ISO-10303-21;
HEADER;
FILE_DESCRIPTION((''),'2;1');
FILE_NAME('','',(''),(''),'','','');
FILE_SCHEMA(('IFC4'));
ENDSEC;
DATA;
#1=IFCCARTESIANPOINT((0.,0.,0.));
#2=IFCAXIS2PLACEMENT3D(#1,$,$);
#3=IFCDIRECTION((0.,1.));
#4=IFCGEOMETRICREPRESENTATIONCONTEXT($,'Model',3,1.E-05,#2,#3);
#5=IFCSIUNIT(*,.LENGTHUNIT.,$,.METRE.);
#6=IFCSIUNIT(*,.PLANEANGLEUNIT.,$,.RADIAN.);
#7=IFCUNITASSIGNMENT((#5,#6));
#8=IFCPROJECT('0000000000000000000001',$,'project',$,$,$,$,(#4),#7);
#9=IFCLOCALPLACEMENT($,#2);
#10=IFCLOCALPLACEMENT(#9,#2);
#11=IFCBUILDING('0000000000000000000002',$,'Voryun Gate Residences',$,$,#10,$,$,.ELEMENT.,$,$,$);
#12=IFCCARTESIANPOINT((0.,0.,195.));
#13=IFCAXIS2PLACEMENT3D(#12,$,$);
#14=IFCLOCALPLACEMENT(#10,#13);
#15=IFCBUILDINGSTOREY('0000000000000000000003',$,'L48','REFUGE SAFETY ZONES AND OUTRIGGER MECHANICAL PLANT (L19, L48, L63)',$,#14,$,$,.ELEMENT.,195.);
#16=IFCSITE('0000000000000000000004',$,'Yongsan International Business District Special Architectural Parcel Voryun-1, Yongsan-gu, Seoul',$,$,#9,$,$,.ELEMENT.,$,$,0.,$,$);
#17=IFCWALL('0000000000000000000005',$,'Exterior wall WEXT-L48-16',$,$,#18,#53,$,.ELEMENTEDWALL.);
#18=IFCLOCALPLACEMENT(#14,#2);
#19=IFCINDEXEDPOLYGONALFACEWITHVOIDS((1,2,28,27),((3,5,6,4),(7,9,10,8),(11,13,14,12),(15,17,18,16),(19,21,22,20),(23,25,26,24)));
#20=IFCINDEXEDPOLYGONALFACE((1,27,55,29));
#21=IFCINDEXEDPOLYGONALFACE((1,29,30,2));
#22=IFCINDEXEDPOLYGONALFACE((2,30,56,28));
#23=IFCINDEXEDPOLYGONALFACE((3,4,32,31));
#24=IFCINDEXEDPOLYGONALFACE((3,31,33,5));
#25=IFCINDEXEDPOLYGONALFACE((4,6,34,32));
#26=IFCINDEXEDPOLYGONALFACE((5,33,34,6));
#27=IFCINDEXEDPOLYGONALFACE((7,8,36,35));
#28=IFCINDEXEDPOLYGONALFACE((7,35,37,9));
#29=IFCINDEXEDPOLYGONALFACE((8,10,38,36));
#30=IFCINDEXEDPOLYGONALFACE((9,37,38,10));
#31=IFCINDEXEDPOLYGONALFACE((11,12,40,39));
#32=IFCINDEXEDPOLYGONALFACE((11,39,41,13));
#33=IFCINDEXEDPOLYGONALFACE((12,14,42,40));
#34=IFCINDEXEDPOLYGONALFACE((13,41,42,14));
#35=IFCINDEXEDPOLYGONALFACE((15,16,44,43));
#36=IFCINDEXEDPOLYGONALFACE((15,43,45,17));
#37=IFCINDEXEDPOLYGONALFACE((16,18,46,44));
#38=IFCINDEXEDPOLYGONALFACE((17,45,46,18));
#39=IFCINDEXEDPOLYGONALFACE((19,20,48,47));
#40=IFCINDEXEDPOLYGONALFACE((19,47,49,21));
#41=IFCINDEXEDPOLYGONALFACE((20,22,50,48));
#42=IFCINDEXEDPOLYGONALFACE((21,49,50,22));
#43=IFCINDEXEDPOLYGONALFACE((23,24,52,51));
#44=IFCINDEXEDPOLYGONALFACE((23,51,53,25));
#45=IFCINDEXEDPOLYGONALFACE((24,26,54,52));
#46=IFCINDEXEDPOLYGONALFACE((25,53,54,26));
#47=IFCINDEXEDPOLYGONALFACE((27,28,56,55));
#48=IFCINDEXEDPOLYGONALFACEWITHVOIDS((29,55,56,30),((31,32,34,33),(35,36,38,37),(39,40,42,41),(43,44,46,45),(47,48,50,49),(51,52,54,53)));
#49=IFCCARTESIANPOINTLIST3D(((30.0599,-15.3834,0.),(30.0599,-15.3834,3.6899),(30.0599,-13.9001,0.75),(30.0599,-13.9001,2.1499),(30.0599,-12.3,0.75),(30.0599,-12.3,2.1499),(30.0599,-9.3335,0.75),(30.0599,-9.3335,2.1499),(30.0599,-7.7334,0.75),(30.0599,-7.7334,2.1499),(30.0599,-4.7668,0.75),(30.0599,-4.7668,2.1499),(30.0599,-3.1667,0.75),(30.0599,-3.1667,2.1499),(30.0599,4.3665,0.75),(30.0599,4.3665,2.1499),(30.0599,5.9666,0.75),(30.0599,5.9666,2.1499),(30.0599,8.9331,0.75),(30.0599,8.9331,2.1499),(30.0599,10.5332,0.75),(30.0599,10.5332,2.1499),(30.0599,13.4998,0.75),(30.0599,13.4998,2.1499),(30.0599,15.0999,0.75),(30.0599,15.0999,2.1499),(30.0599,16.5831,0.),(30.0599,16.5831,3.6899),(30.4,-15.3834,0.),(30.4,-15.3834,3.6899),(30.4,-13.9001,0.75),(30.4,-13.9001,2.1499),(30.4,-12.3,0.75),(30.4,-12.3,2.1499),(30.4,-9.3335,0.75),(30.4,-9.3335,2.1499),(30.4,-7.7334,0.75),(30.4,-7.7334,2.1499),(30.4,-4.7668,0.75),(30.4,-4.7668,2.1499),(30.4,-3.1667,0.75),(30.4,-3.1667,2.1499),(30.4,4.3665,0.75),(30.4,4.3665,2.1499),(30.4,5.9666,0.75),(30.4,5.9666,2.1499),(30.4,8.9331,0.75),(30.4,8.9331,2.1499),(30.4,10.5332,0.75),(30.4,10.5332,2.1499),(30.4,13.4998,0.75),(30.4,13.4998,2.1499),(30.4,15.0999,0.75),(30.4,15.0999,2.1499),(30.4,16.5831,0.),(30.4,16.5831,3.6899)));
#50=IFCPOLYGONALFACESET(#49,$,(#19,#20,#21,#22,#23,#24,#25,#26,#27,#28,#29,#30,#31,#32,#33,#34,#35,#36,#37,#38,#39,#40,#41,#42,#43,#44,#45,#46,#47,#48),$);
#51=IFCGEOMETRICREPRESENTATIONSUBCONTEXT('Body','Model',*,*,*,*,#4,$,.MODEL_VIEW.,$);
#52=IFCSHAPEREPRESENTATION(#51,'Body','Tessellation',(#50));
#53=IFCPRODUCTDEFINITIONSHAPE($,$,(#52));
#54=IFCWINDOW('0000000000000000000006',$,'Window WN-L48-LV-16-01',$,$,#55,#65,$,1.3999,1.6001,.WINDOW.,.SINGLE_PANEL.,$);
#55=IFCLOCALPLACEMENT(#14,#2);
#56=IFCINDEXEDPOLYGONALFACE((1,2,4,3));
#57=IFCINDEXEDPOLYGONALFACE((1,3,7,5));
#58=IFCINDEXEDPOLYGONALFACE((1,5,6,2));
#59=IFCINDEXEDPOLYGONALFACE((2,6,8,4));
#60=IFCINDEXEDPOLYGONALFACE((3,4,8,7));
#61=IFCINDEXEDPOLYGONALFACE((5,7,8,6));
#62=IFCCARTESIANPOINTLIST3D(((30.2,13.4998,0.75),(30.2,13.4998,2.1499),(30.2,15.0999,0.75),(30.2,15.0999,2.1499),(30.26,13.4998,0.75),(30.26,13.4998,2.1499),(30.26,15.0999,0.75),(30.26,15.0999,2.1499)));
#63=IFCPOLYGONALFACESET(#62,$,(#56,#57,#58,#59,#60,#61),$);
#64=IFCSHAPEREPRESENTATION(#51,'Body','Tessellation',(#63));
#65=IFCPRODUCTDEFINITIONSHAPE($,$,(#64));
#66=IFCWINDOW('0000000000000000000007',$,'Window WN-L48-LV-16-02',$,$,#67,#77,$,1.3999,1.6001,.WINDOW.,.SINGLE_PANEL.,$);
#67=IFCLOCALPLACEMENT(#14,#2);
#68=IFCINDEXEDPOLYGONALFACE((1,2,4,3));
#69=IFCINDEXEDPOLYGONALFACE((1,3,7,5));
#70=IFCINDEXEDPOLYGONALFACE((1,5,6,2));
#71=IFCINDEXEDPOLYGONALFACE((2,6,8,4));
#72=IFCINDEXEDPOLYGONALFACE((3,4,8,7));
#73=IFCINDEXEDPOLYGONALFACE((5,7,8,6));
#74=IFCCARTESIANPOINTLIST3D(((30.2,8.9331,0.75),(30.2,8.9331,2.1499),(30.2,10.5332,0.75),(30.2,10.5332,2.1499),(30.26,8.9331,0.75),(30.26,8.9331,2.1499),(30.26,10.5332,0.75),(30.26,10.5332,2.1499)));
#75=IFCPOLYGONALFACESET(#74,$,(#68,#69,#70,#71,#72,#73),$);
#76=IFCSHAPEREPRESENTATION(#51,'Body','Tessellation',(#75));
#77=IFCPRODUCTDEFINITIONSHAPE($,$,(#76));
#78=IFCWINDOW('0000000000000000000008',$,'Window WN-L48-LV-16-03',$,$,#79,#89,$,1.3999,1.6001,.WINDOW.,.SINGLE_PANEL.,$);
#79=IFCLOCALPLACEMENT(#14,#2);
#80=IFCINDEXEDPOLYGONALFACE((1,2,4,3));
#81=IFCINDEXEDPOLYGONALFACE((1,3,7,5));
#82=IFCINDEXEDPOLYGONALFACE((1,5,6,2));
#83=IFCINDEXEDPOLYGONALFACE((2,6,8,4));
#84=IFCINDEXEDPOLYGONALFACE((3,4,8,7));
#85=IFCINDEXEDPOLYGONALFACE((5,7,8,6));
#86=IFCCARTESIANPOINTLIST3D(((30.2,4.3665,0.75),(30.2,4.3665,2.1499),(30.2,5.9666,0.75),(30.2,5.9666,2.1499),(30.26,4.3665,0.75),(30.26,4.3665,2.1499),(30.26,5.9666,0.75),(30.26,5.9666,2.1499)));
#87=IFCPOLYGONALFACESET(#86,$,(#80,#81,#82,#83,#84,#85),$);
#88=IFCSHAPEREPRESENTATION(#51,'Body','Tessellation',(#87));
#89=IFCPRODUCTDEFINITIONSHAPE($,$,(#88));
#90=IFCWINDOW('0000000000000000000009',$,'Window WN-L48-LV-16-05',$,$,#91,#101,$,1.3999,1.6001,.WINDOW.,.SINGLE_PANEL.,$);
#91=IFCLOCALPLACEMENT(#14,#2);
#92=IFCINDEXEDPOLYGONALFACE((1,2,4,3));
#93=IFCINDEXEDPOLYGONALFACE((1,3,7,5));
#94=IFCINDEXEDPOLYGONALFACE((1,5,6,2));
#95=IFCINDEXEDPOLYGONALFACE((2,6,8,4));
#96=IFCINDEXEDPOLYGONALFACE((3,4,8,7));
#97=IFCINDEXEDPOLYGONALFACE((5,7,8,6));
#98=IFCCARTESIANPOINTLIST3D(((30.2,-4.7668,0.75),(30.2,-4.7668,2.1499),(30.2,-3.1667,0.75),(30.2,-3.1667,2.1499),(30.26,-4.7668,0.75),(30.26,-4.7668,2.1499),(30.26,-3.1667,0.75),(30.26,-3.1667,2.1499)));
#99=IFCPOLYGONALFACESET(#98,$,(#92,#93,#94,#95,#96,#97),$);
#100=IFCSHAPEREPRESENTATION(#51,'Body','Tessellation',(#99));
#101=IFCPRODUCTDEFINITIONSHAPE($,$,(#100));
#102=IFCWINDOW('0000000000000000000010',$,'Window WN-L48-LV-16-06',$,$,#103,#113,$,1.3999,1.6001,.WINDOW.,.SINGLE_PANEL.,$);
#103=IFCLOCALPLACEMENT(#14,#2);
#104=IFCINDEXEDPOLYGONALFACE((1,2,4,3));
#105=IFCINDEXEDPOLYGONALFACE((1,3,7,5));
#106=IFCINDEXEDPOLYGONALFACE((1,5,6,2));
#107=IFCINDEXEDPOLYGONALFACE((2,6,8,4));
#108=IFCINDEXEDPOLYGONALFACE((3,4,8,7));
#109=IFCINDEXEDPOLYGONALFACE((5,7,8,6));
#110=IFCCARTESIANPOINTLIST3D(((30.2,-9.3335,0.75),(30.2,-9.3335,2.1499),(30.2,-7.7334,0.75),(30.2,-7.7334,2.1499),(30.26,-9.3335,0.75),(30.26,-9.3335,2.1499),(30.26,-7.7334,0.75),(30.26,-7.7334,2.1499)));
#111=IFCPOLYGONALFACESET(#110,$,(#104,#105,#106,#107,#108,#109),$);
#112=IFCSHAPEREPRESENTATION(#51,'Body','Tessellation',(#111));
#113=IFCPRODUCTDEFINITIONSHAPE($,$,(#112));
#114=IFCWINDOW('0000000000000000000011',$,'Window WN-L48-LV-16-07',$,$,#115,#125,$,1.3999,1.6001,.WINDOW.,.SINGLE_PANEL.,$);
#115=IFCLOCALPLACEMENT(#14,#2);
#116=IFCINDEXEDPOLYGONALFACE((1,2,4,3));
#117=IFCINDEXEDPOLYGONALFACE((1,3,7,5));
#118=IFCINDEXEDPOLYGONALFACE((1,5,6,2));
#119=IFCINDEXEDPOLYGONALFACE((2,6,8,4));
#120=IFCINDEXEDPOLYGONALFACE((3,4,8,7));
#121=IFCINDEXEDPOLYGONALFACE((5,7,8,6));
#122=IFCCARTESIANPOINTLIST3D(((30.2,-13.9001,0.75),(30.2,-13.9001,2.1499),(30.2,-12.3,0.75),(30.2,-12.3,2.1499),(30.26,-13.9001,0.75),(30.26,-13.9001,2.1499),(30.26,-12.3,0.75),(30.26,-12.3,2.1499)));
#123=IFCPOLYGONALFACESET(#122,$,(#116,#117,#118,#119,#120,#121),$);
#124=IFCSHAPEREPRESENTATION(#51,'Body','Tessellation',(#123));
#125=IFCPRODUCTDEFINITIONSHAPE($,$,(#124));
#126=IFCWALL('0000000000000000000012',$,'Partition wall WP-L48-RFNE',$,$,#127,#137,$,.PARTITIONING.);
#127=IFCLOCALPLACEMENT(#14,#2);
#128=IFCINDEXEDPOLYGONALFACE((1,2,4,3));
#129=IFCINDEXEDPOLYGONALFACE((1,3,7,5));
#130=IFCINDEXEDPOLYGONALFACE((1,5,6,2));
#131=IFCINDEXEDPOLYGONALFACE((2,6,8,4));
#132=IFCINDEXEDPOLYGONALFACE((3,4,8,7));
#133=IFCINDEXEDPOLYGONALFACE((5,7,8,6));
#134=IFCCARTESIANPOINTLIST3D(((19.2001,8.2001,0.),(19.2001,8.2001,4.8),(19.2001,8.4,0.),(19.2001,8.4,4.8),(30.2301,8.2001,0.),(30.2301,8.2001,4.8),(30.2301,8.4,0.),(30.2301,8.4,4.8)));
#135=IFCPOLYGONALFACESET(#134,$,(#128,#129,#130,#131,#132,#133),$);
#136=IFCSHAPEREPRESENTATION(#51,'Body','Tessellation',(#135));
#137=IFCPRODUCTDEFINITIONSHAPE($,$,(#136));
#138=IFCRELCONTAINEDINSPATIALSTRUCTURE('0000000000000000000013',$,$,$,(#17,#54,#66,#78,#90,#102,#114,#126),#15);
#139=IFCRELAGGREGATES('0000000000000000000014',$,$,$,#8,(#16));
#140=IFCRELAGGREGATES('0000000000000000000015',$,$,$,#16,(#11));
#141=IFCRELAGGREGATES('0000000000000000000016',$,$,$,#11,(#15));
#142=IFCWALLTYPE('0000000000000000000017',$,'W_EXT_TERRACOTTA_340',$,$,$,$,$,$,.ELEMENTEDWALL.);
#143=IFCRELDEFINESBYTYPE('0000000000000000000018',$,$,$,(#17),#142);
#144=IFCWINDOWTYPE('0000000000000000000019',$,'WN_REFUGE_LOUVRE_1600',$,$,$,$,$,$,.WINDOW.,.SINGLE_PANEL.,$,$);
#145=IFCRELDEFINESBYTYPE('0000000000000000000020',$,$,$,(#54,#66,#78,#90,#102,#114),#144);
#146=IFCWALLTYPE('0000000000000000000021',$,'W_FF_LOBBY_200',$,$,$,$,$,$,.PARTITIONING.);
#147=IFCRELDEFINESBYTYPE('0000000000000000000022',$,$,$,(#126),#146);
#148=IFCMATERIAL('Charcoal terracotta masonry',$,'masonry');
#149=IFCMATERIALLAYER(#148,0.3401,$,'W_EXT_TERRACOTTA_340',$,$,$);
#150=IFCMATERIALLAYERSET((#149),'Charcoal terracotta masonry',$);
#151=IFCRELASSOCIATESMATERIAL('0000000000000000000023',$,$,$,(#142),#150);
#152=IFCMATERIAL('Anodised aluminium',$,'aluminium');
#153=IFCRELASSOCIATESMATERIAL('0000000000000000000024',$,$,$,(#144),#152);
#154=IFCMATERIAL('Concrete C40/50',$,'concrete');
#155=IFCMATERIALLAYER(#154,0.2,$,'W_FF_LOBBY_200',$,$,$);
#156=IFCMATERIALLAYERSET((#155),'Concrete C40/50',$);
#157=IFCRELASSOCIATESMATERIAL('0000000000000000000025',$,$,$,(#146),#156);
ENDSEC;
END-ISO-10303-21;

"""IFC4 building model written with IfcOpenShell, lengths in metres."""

from ifc_helpers import new_model, si_unit, direction, frame, frame_2d, origin, place, context, subcontext, project, spatial, rectangle, extrude, material, layer, layer_set, type_object, element, fill, save


model = new_model("IFC4")

# Units and contexts
model_context = context("Model", 3, precision=1e-05, world=origin(), true_north=direction((0.0, 1.0)))
body_context = subcontext(model_context, "Body", "Model", "MODEL_VIEW")
ifc_project = project(units=[si_unit("LENGTHUNIT", "METRE"), si_unit("PLANEANGLEUNIT", "RADIAN")], contexts=[model_context])

# Site, building, storey
site_placement = place(None, origin())
site = spatial("IfcSite", under=ifc_project, at=site_placement, Name="Yongsan International Business District Special Architectural Parcel Voryun-1, Yongsan-gu, Seoul", CompositionType="ELEMENT", RefElevation=0.0)
building_placement = place(site_placement, origin())
building = spatial("IfcBuilding", under=site, at=building_placement, Name="Voryun Gate Residences", CompositionType="ELEMENT")
storey_placement = place(building_placement, frame((0.0, 0.0, 195.0)))
storey = spatial("IfcBuildingStorey", under=building, at=storey_placement, Name="L48", Description="REFUGE SAFETY ZONES AND OUTRIGGER MECHANICAL PLANT (L19, L48, L63)", CompositionType="ELEMENT", Elevation=195.0)

# Shared definitions
ifc_material_1 = material(Name="Charcoal terracotta masonry", Category="masonry")
ifc_layer_1 = layer(ifc_material_1, 0.3401, Name="W_EXT_TERRACOTTA_340")
ifc_layer_set_1 = layer_set([ifc_layer_1], Name="Charcoal terracotta masonry")
wall_type_1 = type_object("IfcWallType", Name="W_EXT_TERRACOTTA_340", PredefinedType="ELEMENTEDWALL", material=ifc_layer_set_1)

# Wall, openings, windows
wall_1_placement = place(storey_placement, frame((30.23, 16.5833, 0.0), z_axis=(0.0, 0.0, 1.0), x_axis=(0.0, -1.0, 0.0)))
wall_1 = element("IfcWall", 1, at=wall_1_placement, inside=storey, type_object=wall_type_1, Name="Exterior wall WEXT-L48-16", PredefinedType="ELEMENTEDWALL", context=body_context, shape_type="SweptSolid", body=[
    extrude(rectangle(XDim=31.9666, YDim=0.3401, at=frame_2d((15.9834, 0.0))), origin(), (0.0, 0.0, 1.0), 3.6899),
])
opening_1_placement = place(wall_1_placement, frame((1.4834, 0.0, 0.75)))
opening_1 = element("IfcOpeningElement", 2, at=opening_1_placement, cuts=wall_1, PredefinedType="OPENING", context=body_context, shape_type="SweptSolid", body=[
    extrude(rectangle(XDim=1.6001, YDim=1.3999, at=frame_2d((0.8, 0.7))), frame((0.0, 0.1799, 0.0), z_axis=(0.0, -1.0, 0.0), x_axis=(1.0, 0.0, 0.0)), (0.0, 0.0, 1.0), 0.3601),
])
opening_2_placement = place(wall_1_placement, frame((6.05, 0.0, 0.75)))
opening_2 = element("IfcOpeningElement", 3, at=opening_2_placement, cuts=wall_1, PredefinedType="OPENING", context=body_context, shape_type="SweptSolid", body=[
    extrude(rectangle(XDim=1.6001, YDim=1.3999, at=frame_2d((0.8, 0.7))), frame((0.0, 0.1799, 0.0), z_axis=(0.0, -1.0, 0.0), x_axis=(1.0, 0.0, 0.0)), (0.0, 0.0, 1.0), 0.3601),
])
opening_3_placement = place(wall_1_placement, frame((10.6167, 0.0, 0.75)))
opening_3 = element("IfcOpeningElement", 4, at=opening_3_placement, cuts=wall_1, PredefinedType="OPENING", context=body_context, shape_type="SweptSolid", body=[
    extrude(rectangle(XDim=1.6001, YDim=1.3999, at=frame_2d((0.8, 0.7))), frame((0.0, 0.1799, 0.0), z_axis=(0.0, -1.0, 0.0), x_axis=(1.0, 0.0, 0.0)), (0.0, 0.0, 1.0), 0.3601),
])
opening_4_placement = place(wall_1_placement, frame((19.75, 0.0, 0.75)))
opening_4 = element("IfcOpeningElement", 5, at=opening_4_placement, cuts=wall_1, PredefinedType="OPENING", context=body_context, shape_type="SweptSolid", body=[
    extrude(rectangle(XDim=1.6001, YDim=1.3999, at=frame_2d((0.8, 0.7))), frame((0.0, 0.1799, 0.0), z_axis=(0.0, -1.0, 0.0), x_axis=(1.0, 0.0, 0.0)), (0.0, 0.0, 1.0), 0.3601),
])
opening_5_placement = place(wall_1_placement, frame((24.3167, 0.0, 0.75)))
opening_5 = element("IfcOpeningElement", 6, at=opening_5_placement, cuts=wall_1, PredefinedType="OPENING", context=body_context, shape_type="SweptSolid", body=[
    extrude(rectangle(XDim=1.6001, YDim=1.3999, at=frame_2d((0.8, 0.7))), frame((0.0, 0.1799, 0.0), z_axis=(0.0, -1.0, 0.0), x_axis=(1.0, 0.0, 0.0)), (0.0, 0.0, 1.0), 0.3601),
])
opening_6_placement = place(wall_1_placement, frame((28.8833, 0.0, 0.75)))
opening_6 = element("IfcOpeningElement", 7, at=opening_6_placement, cuts=wall_1, PredefinedType="OPENING", context=body_context, shape_type="SweptSolid", body=[
    extrude(rectangle(XDim=1.6001, YDim=1.3999, at=frame_2d((0.8, 0.7))), frame((0.0, 0.1799, 0.0), z_axis=(0.0, -1.0, 0.0), x_axis=(1.0, 0.0, 0.0)), (0.0, 0.0, 1.0), 0.3601),
])
ifc_material_2 = material(Name="Anodised aluminium", Category="aluminium")
window_type = type_object("IfcWindowType", Name="WN_REFUGE_LOUVRE_1600", PartitioningType="SINGLE_PANEL", PredefinedType="WINDOW", material=ifc_material_2)
window_1_placement = place(opening_1_placement, origin())
window_1 = element("IfcWindow", 8, at=window_1_placement, inside=storey, type_object=window_type, Name="Window WN-L48-LV-16-01", OverallHeight=1.3999, OverallWidth=1.6001, PartitioningType="SINGLE_PANEL", PredefinedType="WINDOW", context=body_context, shape_type="SweptSolid", body=[
    extrude(rectangle(XDim=1.6001, YDim=1.3999, at=frame_2d((0.8, 0.7))), frame((0.0, 0.03, 0.0), z_axis=(0.0, -1.0, 0.0), x_axis=(1.0, 0.0, 0.0)), (0.0, 0.0, 1.0), 0.0601),
])
fill(opening_1, window_1)
window_2_placement = place(opening_2_placement, origin())
window_2 = element("IfcWindow", 9, at=window_2_placement, inside=storey, type_object=window_type, Name="Window WN-L48-LV-16-02", OverallHeight=1.3999, OverallWidth=1.6001, PartitioningType="SINGLE_PANEL", PredefinedType="WINDOW", context=body_context, shape_type="SweptSolid", body=[
    extrude(rectangle(XDim=1.6001, YDim=1.3999, at=frame_2d((0.8, 0.7))), frame((0.0, 0.03, 0.0), z_axis=(0.0, -1.0, 0.0), x_axis=(1.0, 0.0, 0.0)), (0.0, 0.0, 1.0), 0.0601),
])
fill(opening_2, window_2)
window_3_placement = place(opening_3_placement, origin())
window_3 = element("IfcWindow", 10, at=window_3_placement, inside=storey, type_object=window_type, Name="Window WN-L48-LV-16-03", OverallHeight=1.3999, OverallWidth=1.6001, PartitioningType="SINGLE_PANEL", PredefinedType="WINDOW", context=body_context, shape_type="SweptSolid", body=[
    extrude(rectangle(XDim=1.6001, YDim=1.3999, at=frame_2d((0.8, 0.7))), frame((0.0, 0.03, 0.0), z_axis=(0.0, -1.0, 0.0), x_axis=(1.0, 0.0, 0.0)), (0.0, 0.0, 1.0), 0.0601),
])
fill(opening_3, window_3)
window_4_placement = place(opening_4_placement, origin())
window_4 = element("IfcWindow", 11, at=window_4_placement, inside=storey, type_object=window_type, Name="Window WN-L48-LV-16-05", OverallHeight=1.3999, OverallWidth=1.6001, PartitioningType="SINGLE_PANEL", PredefinedType="WINDOW", context=body_context, shape_type="SweptSolid", body=[
    extrude(rectangle(XDim=1.6001, YDim=1.3999, at=frame_2d((0.8, 0.7))), frame((0.0, 0.03, 0.0), z_axis=(0.0, -1.0, 0.0), x_axis=(1.0, 0.0, 0.0)), (0.0, 0.0, 1.0), 0.0601),
])
fill(opening_4, window_4)
window_5_placement = place(opening_5_placement, origin())
window_5 = element("IfcWindow", 12, at=window_5_placement, inside=storey, type_object=window_type, Name="Window WN-L48-LV-16-06", OverallHeight=1.3999, OverallWidth=1.6001, PartitioningType="SINGLE_PANEL", PredefinedType="WINDOW", context=body_context, shape_type="SweptSolid", body=[
    extrude(rectangle(XDim=1.6001, YDim=1.3999, at=frame_2d((0.8, 0.7))), frame((0.0, 0.03, 0.0), z_axis=(0.0, -1.0, 0.0), x_axis=(1.0, 0.0, 0.0)), (0.0, 0.0, 1.0), 0.0601),
])
fill(opening_5, window_5)
window_6_placement = place(opening_6_placement, origin())
window_6 = element("IfcWindow", 13, at=window_6_placement, inside=storey, type_object=window_type, Name="Window WN-L48-LV-16-07", OverallHeight=1.3999, OverallWidth=1.6001, PartitioningType="SINGLE_PANEL", PredefinedType="WINDOW", context=body_context, shape_type="SweptSolid", body=[
    extrude(rectangle(XDim=1.6001, YDim=1.3999, at=frame_2d((0.8, 0.7))), frame((0.0, 0.03, 0.0), z_axis=(0.0, -1.0, 0.0), x_axis=(1.0, 0.0, 0.0)), (0.0, 0.0, 1.0), 0.0601),
])
fill(opening_6, window_6)

# Wall
ifc_material_3 = material(Name="Concrete C40/50", Category="concrete")
ifc_layer_2 = layer(ifc_material_3, 0.2, Name="W_FF_LOBBY_200")
ifc_layer_set_2 = layer_set([ifc_layer_2], Name="Concrete C40/50")
wall_type_2 = type_object("IfcWallType", Name="W_FF_LOBBY_200", PredefinedType="PARTITIONING", material=ifc_layer_set_2)
wall_2_placement = place(storey_placement, frame((19.2, 8.3, 0.0), z_axis=(0.0, 0.0, 1.0), x_axis=(1.0, 0.0, 0.0)))
element("IfcWall", 14, at=wall_2_placement, inside=storey, type_object=wall_type_2, Name="Partition wall WP-L48-RFNE", PredefinedType="PARTITIONING", context=body_context, shape_type="SweptSolid", body=[
    extrude(rectangle(XDim=11.03, YDim=0.2, at=frame_2d((5.5151, 0.0))), origin(), (0.0, 0.0, 1.0), 4.8),
])

save(model, "model.ifc")
